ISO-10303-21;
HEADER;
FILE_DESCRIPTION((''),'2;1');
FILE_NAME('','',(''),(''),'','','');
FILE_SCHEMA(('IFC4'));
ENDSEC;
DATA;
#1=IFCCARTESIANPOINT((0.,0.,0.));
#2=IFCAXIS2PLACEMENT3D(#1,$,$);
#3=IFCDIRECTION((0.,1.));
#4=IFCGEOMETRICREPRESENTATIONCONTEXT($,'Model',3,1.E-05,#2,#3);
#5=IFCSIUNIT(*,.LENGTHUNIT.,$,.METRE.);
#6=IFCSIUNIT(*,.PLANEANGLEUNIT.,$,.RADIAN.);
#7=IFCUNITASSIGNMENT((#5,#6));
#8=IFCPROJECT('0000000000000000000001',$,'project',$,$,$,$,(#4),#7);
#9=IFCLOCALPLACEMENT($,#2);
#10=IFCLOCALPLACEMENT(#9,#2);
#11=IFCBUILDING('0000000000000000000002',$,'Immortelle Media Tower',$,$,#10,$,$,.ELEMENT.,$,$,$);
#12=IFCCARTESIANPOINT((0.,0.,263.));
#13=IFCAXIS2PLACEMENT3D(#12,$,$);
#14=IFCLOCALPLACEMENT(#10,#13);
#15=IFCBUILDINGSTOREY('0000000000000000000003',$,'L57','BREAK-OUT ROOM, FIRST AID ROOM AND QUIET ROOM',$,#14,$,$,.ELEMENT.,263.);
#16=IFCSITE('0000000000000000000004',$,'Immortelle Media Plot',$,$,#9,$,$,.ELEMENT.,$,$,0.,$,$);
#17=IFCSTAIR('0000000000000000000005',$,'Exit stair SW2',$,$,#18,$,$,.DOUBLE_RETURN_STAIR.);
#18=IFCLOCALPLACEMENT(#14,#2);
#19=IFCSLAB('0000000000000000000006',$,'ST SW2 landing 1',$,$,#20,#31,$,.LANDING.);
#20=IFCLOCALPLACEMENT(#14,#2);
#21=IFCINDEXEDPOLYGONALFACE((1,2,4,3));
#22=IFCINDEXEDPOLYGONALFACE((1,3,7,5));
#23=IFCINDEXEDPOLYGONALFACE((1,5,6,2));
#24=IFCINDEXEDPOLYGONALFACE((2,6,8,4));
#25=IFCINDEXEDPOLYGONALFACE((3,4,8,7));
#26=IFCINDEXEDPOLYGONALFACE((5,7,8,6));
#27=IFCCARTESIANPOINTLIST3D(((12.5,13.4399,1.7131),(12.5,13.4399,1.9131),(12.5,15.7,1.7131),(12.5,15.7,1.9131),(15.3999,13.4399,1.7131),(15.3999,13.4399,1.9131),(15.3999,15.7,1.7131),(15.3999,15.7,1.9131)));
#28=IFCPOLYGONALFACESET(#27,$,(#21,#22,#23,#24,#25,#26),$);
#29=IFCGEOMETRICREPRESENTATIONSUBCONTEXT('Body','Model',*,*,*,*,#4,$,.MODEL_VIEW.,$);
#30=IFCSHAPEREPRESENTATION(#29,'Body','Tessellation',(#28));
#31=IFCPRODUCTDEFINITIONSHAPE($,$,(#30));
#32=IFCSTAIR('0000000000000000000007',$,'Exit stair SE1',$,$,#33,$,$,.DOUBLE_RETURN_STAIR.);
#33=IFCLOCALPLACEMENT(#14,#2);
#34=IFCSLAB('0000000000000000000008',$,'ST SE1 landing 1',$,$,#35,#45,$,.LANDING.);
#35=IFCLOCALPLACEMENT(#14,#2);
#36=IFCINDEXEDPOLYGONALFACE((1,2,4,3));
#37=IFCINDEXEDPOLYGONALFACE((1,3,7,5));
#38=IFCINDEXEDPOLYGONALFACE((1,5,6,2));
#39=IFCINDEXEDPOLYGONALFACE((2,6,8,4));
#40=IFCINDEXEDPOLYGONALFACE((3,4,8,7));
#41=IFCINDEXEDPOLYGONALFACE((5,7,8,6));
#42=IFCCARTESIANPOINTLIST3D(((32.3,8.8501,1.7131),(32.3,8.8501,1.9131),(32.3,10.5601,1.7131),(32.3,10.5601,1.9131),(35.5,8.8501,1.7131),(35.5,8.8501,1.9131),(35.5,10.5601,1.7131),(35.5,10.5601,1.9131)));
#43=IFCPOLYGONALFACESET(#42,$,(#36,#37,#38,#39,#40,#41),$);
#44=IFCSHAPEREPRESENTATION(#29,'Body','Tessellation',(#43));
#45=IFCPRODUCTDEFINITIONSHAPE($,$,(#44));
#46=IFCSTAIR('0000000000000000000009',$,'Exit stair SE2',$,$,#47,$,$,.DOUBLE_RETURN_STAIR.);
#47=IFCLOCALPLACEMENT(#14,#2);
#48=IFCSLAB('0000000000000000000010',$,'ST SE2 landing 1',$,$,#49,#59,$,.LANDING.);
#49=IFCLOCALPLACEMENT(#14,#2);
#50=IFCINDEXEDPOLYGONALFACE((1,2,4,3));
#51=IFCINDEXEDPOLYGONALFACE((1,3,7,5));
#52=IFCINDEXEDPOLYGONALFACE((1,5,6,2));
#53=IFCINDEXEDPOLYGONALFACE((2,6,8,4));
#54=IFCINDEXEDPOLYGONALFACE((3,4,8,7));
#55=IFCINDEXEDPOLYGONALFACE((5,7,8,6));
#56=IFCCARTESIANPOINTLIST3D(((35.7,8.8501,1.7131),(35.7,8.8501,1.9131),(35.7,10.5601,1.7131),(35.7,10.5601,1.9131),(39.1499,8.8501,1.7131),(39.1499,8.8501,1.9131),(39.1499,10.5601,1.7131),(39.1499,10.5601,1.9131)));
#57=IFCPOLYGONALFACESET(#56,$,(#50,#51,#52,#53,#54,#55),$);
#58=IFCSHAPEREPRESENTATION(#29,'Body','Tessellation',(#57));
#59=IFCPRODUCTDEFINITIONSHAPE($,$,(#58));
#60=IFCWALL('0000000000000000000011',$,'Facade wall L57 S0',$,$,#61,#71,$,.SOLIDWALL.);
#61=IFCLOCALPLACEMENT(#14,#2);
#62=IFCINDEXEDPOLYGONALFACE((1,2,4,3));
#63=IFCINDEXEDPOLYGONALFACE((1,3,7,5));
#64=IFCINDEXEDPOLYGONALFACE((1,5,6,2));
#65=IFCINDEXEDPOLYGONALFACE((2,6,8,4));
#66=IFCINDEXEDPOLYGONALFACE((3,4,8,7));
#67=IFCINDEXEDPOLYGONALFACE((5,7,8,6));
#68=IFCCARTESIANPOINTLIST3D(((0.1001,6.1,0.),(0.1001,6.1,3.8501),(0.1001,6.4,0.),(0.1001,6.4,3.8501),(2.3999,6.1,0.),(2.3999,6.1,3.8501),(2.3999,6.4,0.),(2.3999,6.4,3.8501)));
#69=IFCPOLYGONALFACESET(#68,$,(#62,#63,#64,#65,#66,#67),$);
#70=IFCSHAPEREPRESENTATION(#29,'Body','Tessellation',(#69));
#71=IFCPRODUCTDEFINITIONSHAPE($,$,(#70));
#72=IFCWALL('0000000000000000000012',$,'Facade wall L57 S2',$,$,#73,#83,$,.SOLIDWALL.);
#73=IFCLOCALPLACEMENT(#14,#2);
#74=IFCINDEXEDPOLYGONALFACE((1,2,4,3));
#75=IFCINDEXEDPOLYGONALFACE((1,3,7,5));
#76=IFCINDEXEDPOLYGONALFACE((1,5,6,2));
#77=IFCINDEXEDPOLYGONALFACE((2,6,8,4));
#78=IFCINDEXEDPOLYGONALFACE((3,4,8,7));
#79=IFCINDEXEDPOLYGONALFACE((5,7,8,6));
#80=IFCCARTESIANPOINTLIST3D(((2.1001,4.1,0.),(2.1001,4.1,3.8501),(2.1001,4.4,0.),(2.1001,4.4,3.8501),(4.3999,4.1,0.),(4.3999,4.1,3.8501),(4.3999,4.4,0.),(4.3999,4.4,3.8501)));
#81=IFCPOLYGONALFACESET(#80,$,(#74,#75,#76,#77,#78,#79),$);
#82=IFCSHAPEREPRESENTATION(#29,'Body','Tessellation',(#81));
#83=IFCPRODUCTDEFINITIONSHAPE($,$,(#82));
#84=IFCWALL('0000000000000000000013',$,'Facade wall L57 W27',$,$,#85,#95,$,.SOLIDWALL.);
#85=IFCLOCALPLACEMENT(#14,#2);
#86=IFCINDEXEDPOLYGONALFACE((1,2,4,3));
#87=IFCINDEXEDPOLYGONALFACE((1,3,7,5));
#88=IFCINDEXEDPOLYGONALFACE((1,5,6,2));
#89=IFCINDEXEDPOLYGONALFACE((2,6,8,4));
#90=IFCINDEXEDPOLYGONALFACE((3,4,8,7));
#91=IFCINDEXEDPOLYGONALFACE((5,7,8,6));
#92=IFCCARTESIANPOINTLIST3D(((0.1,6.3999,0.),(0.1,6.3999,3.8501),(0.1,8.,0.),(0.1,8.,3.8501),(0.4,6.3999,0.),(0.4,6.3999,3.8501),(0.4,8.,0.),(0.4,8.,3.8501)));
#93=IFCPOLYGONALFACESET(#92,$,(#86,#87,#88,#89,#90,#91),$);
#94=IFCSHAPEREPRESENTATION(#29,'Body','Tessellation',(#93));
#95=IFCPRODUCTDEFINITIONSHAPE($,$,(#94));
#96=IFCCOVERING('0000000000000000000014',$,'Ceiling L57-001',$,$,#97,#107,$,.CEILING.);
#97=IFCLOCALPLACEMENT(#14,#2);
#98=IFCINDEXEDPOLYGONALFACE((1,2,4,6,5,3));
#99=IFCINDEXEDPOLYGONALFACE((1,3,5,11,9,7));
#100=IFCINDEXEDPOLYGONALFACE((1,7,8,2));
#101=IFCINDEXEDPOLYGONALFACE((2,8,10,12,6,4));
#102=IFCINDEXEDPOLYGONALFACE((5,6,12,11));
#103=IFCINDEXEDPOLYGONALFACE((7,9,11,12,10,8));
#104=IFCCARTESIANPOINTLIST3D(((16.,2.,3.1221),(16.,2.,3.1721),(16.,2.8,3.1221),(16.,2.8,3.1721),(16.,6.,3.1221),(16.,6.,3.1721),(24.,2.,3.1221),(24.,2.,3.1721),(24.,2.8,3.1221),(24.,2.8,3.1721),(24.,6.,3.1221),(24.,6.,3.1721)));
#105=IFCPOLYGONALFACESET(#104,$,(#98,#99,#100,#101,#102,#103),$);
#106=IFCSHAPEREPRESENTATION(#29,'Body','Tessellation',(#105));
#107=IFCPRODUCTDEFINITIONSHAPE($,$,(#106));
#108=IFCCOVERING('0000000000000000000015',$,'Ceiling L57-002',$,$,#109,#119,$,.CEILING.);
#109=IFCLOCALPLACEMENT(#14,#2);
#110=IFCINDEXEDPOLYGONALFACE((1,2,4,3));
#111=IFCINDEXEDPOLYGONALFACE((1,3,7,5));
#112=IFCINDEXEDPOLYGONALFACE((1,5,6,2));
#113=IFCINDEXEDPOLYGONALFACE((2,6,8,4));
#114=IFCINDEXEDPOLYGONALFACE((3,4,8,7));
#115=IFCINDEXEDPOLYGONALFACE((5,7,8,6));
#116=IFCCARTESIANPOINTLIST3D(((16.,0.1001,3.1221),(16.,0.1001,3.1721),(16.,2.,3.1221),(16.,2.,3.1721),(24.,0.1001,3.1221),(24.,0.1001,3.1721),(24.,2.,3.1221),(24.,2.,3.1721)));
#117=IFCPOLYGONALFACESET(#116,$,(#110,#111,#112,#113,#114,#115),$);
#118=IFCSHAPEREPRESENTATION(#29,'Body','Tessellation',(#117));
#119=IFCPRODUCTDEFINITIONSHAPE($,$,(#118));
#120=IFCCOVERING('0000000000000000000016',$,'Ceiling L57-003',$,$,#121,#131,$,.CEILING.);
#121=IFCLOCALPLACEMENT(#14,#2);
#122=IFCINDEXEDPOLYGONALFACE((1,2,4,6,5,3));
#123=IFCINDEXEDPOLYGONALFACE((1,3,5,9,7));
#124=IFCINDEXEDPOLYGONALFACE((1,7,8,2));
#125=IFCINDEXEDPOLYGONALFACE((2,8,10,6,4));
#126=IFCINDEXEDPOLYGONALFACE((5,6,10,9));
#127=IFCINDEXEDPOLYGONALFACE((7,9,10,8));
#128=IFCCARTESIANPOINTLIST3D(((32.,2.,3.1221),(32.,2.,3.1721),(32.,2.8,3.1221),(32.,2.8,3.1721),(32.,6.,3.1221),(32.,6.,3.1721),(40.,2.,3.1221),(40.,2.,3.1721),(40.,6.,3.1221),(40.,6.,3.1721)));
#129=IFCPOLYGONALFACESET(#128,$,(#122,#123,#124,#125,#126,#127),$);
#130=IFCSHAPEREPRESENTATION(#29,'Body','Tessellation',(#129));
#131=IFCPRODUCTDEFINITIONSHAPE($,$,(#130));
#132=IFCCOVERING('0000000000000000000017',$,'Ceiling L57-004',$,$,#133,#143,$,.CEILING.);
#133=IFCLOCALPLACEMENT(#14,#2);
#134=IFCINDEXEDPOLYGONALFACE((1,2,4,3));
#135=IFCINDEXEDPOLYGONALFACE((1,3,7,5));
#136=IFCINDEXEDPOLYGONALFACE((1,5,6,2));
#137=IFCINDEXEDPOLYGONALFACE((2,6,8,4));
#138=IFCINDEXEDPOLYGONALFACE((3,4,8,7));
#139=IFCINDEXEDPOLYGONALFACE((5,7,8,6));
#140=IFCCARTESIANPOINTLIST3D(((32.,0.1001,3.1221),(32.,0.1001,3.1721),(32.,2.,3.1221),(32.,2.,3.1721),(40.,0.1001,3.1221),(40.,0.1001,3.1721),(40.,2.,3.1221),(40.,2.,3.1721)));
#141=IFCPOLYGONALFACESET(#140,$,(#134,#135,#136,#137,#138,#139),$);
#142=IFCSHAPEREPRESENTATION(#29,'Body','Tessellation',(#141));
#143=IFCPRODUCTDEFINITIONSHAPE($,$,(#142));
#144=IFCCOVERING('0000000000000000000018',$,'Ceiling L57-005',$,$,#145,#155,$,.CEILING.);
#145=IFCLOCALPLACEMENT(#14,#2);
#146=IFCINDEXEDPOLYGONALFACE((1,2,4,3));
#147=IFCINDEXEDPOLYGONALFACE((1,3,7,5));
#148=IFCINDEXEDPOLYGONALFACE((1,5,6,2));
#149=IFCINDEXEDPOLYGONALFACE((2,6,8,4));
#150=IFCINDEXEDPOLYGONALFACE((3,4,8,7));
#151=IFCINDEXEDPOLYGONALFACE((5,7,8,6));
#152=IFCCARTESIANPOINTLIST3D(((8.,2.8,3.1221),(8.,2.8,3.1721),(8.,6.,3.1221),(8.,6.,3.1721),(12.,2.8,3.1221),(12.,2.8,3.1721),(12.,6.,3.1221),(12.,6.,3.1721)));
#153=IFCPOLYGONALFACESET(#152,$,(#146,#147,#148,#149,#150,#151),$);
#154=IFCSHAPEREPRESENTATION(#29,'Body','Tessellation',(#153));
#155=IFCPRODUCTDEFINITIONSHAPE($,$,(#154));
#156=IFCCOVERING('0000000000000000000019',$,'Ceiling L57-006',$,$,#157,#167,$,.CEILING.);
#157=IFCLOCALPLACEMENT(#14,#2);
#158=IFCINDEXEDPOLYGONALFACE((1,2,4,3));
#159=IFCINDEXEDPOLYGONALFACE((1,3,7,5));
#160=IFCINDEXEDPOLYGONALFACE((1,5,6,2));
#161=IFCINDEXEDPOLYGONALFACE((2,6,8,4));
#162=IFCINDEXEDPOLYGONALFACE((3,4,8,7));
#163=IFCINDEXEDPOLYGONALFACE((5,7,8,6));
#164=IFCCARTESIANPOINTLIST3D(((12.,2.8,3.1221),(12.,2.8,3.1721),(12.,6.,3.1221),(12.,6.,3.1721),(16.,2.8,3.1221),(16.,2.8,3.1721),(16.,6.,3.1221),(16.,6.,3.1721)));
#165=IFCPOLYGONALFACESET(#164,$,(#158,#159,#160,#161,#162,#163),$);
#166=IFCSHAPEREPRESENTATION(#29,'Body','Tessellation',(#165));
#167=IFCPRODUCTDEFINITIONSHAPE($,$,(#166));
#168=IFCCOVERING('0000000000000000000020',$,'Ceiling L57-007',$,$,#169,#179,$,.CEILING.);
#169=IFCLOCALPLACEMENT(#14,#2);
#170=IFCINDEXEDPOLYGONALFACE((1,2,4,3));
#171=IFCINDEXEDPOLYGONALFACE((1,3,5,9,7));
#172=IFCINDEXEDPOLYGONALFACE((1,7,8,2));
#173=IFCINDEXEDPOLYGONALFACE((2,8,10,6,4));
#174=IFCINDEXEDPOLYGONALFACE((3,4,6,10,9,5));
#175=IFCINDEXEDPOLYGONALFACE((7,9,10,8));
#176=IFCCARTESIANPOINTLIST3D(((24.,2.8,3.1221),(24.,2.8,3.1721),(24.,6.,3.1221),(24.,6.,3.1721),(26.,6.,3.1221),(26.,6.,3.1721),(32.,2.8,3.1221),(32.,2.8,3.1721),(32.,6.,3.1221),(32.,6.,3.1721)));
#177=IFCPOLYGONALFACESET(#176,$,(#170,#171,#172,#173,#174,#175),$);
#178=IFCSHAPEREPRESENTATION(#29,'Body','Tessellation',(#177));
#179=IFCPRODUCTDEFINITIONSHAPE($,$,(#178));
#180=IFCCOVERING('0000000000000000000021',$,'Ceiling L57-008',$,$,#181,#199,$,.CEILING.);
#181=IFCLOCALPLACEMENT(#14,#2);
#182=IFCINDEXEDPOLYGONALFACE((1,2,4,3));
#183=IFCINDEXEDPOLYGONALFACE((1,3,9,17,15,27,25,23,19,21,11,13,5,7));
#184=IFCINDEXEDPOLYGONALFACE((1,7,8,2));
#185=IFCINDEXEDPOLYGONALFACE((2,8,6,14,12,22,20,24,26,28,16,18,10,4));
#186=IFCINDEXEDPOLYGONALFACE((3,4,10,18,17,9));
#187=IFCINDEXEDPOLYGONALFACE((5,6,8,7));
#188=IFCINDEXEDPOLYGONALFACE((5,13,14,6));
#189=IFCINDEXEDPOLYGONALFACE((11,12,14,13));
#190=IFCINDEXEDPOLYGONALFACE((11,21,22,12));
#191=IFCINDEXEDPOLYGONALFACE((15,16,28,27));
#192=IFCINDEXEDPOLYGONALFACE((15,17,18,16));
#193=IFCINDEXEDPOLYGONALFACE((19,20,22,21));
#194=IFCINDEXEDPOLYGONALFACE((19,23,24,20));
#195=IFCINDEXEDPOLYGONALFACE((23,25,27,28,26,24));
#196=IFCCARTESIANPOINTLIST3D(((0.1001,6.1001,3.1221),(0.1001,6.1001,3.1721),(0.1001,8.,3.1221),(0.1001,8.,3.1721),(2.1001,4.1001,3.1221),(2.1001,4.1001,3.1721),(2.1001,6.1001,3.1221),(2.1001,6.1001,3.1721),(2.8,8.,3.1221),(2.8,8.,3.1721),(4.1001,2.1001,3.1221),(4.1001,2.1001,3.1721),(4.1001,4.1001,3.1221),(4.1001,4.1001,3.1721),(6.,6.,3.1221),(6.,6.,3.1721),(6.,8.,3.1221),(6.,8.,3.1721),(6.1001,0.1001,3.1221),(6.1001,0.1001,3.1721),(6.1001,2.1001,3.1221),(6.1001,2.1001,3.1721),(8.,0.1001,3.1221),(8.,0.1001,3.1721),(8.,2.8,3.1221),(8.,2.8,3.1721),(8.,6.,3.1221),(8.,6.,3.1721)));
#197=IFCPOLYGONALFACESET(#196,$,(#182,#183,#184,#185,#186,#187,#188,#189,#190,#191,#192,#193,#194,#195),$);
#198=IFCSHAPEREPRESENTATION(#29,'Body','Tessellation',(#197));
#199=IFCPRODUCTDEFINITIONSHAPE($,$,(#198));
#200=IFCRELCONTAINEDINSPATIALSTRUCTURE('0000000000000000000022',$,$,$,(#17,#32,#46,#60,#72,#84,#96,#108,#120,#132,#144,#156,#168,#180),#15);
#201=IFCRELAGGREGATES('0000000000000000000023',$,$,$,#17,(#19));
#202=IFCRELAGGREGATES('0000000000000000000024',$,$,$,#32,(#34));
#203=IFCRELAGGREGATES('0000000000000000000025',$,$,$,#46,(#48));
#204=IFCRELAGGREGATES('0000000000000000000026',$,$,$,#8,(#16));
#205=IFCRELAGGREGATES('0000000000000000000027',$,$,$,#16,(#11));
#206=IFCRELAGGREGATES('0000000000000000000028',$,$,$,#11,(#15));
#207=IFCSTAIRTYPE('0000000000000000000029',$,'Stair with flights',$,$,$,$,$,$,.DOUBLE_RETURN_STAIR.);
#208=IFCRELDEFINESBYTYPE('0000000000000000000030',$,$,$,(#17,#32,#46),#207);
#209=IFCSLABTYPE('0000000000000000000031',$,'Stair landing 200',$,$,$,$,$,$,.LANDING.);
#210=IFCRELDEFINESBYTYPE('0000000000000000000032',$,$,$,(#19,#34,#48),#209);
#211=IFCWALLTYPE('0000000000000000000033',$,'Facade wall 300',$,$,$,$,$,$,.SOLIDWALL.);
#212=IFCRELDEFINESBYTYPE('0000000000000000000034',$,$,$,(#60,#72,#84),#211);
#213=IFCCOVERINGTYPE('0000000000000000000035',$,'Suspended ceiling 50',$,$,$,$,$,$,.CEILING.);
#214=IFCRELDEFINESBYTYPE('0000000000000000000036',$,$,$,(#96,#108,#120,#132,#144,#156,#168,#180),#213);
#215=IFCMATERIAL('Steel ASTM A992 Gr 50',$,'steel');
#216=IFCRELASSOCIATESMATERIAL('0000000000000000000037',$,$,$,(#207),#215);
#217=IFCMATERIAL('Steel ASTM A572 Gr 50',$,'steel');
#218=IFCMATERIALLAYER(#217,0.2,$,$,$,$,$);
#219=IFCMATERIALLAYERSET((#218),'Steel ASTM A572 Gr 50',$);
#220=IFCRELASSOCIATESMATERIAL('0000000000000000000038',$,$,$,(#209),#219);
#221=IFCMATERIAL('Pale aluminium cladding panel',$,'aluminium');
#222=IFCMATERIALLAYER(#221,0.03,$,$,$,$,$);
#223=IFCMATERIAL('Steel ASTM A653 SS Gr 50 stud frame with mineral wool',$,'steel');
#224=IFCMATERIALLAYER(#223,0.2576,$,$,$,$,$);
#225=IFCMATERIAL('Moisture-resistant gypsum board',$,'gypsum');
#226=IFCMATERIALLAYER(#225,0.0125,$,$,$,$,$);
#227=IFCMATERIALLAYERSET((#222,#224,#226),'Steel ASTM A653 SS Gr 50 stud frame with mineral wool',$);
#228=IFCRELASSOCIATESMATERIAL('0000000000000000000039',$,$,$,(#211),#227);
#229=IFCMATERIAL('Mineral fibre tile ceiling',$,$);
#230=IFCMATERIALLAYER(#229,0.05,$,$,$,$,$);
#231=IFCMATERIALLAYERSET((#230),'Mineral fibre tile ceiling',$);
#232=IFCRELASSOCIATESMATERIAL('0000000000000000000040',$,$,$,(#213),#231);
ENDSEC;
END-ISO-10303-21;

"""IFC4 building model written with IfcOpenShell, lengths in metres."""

from ifc_helpers import new_model, si_unit, direction, frame, frame_2d, origin, place, context, subcontext, project, spatial, polyline, rectangle, outline, extrude, material, layer, layer_set, type_object, element, aggregate, save


model = new_model("IFC4")

# Units and contexts
model_context = context("Model", 3, precision=1e-05, world=origin(), true_north=direction((0.0, 1.0)))
body_context = subcontext(model_context, "Body", "Model", "MODEL_VIEW")
ifc_project = project(units=[si_unit("LENGTHUNIT", "METRE"), si_unit("PLANEANGLEUNIT", "RADIAN")], contexts=[model_context])

# Site, building, storey
site_placement = place(None, origin())
site = spatial("IfcSite", under=ifc_project, at=site_placement, Name="Immortelle Media Plot", CompositionType="ELEMENT", RefElevation=0.0)
building_placement = place(site_placement, origin())
building = spatial("IfcBuilding", under=site, at=building_placement, Name="Immortelle Media Tower", CompositionType="ELEMENT")
storey_placement = place(building_placement, frame((0.0, 0.0, 263.0)))
storey = spatial("IfcBuildingStorey", under=building, at=storey_placement, Name="L57", Description="BREAK-OUT ROOM, FIRST AID ROOM AND QUIET ROOM", CompositionType="ELEMENT", Elevation=263.0)

# Shared definitions
ifc_material_1 = material(Name="Steel ASTM A992 Gr 50", Category="steel")

# Stairs, slabs
stair_type = type_object("IfcStairType", Name="Stair with flights", PredefinedType="DOUBLE_RETURN_STAIR", material=ifc_material_1)
ifc_material_2 = material(Name="Steel ASTM A572 Gr 50", Category="steel")
ifc_layer_1 = layer(ifc_material_2, 0.2)
ifc_layer_set_1 = layer_set([ifc_layer_1], Name="Steel ASTM A572 Gr 50")
slab_type_1 = type_object("IfcSlabType", Name="Stair landing 200", PredefinedType="LANDING", material=ifc_layer_set_1)
stair_1_placement = place(storey_placement, origin())
stair_1 = element("IfcStair", 1, at=stair_1_placement, inside=storey, type_object=stair_type, Name="Exit stair SW2", PredefinedType="DOUBLE_RETURN_STAIR")
slab_1_placement = place(storey_placement, frame((0.0, 0.0, 1.7131)))
slab_1 = element("IfcSlab", 2, at=slab_1_placement, type_object=slab_type_1, Name="ST SW2 landing 1", PredefinedType="LANDING", context=body_context, shape_type="SweptSolid", body=[
    extrude(outline(polyline([(12.5, 13.4399), (15.3999, 13.4399), (15.3999, 15.7), (12.5, 15.7), (12.5, 13.4399)])), origin(), (0.0, 0.0, 1.0), 0.2),
])
aggregate(stair_1, [slab_1])
stair_2_placement = place(storey_placement, origin())
stair_2 = element("IfcStair", 3, at=stair_2_placement, inside=storey, type_object=stair_type, Name="Exit stair SE1", PredefinedType="DOUBLE_RETURN_STAIR")
slab_2_placement = place(storey_placement, frame((0.0, 0.0, 1.7131)))
slab_2 = element("IfcSlab", 4, at=slab_2_placement, type_object=slab_type_1, Name="ST SE1 landing 1", PredefinedType="LANDING", context=body_context, shape_type="SweptSolid", body=[
    extrude(outline(polyline([(32.3, 8.8501), (35.5, 8.8501), (35.5, 10.5601), (32.3, 10.5601), (32.3, 8.8501)])), origin(), (0.0, 0.0, 1.0), 0.2),
])
aggregate(stair_2, [slab_2])
stair_3_placement = place(storey_placement, origin())
stair_3 = element("IfcStair", 5, at=stair_3_placement, inside=storey, type_object=stair_type, Name="Exit stair SE2", PredefinedType="DOUBLE_RETURN_STAIR")
slab_3_placement = place(storey_placement, frame((0.0, 0.0, 1.7131)))
slab_3 = element("IfcSlab", 6, at=slab_3_placement, type_object=slab_type_1, Name="ST SE2 landing 1", PredefinedType="LANDING", context=body_context, shape_type="SweptSolid", body=[
    extrude(outline(polyline([(35.7, 8.8501), (39.1499, 8.8501), (39.1499, 10.5601), (35.7, 10.5601), (35.7, 8.8501)])), origin(), (0.0, 0.0, 1.0), 0.2),
])
aggregate(stair_3, [slab_3])

# Walls
ifc_material_3 = material(Name="Pale aluminium cladding panel", Category="aluminium")
ifc_layer_2 = layer(ifc_material_3, 0.03)
ifc_material_4 = material(Name="Steel ASTM A653 SS Gr 50 stud frame with mineral wool", Category="steel")
ifc_layer_3 = layer(ifc_material_4, 0.2576)
ifc_material_5 = material(Name="Moisture-resistant gypsum board", Category="gypsum")
ifc_layer_4 = layer(ifc_material_5, 0.0125)
ifc_layer_set_2 = layer_set([ifc_layer_2, ifc_layer_3, ifc_layer_4], Name="Steel ASTM A653 SS Gr 50 stud frame with mineral wool")
wall_type = type_object("IfcWallType", Name="Facade wall 300", PredefinedType="SOLIDWALL", material=ifc_layer_set_2)
for number, where, z_axis, x_axis, name in (
    (7, (0.1001, 6.25, 0.0), (0.0, 0.0, 1.0), (1.0, 0.0, 0.0), "Facade wall L57 S0"),
    (8, (2.1001, 4.25, 0.0), (0.0, 0.0, 1.0), (1.0, 0.0, 0.0), "Facade wall L57 S2"),
):
    element("IfcWall", number, at=place(storey_placement, frame(where, z_axis=z_axis, x_axis=x_axis)), inside=storey, type_object=wall_type, Name=name, PredefinedType="SOLIDWALL", context=body_context, shape_type="SweptSolid", body=[
        extrude(rectangle(XDim=2.2998, YDim=0.3, at=frame_2d((1.1499, 0.0))), origin(), (0.0, 0.0, 1.0), 3.8501),
    ])
wall_placement = place(storey_placement, frame((0.25, 8.0, 0.0), z_axis=(0.0, 0.0, 1.0), x_axis=(0.0, -1.0, 0.0)))
element("IfcWall", 9, at=wall_placement, inside=storey, type_object=wall_type, Name="Facade wall L57 W27", PredefinedType="SOLIDWALL", context=body_context, shape_type="SweptSolid", body=[
    extrude(rectangle(XDim=1.6001, YDim=0.3, at=frame_2d((0.8, 0.0))), origin(), (0.0, 0.0, 1.0), 3.8501),
])

# Coverings
ifc_material_6 = material(Name="Mineral fibre tile ceiling")
ifc_layer_5 = layer(ifc_material_6, 0.05)
ifc_layer_set_3 = layer_set([ifc_layer_5], Name="Mineral fibre tile ceiling")
covering_type = type_object("IfcCoveringType", Name="Suspended ceiling 50", PredefinedType="CEILING", material=ifc_layer_set_3)
covering_1_placement = place(storey_placement, frame((0.0, 0.0, 3.1221)))
element("IfcCovering", 10, at=covering_1_placement, inside=storey, type_object=covering_type, Name="Ceiling L57-001", PredefinedType="CEILING", context=body_context, shape_type="SweptSolid", body=[
    extrude(outline(polyline([(16.0, 2.8), (16.0, 6.0), (24.0, 6.0), (24.0, 2.8), (24.0, 2.0), (16.0, 2.0), (16.0, 2.8)])), origin(), (0.0, 0.0, 1.0), 0.05),
])
covering_2_placement = place(storey_placement, frame((0.0, 0.0, 3.1221)))
element("IfcCovering", 11, at=covering_2_placement, inside=storey, type_object=covering_type, Name="Ceiling L57-002", PredefinedType="CEILING", context=body_context, shape_type="SweptSolid", body=[
    extrude(outline(polyline([(16.0, 2.0), (24.0, 2.0), (24.0, 0.1001), (16.0, 0.1001), (16.0, 2.0)])), origin(), (0.0, 0.0, 1.0), 0.05),
])
covering_3_placement = place(storey_placement, frame((0.0, 0.0, 3.1221)))
element("IfcCovering", 12, at=covering_3_placement, inside=storey, type_object=covering_type, Name="Ceiling L57-003", PredefinedType="CEILING", context=body_context, shape_type="SweptSolid", body=[
    extrude(outline(polyline([(32.0, 2.8), (32.0, 6.0), (40.0, 6.0), (40.0, 2.0), (32.0, 2.0), (32.0, 2.8)])), origin(), (0.0, 0.0, 1.0), 0.05),
])
covering_4_placement = place(storey_placement, frame((0.0, 0.0, 3.1221)))
element("IfcCovering", 13, at=covering_4_placement, inside=storey, type_object=covering_type, Name="Ceiling L57-004", PredefinedType="CEILING", context=body_context, shape_type="SweptSolid", body=[
    extrude(outline(polyline([(32.0, 2.0), (40.0, 2.0), (40.0, 0.1001), (32.0, 0.1001), (32.0, 2.0)])), origin(), (0.0, 0.0, 1.0), 0.05),
])
covering_5_placement = place(storey_placement, frame((0.0, 0.0, 3.1221)))
element("IfcCovering", 14, at=covering_5_placement, inside=storey, type_object=covering_type, Name="Ceiling L57-005", PredefinedType="CEILING", context=body_context, shape_type="SweptSolid", body=[
    extrude(outline(polyline([(8.0, 6.0), (12.0, 6.0), (12.0, 2.8), (8.0, 2.8), (8.0, 6.0)])), origin(), (0.0, 0.0, 1.0), 0.05),
])
covering_6_placement = place(storey_placement, frame((0.0, 0.0, 3.1221)))
element("IfcCovering", 15, at=covering_6_placement, inside=storey, type_object=covering_type, Name="Ceiling L57-006", PredefinedType="CEILING", context=body_context, shape_type="SweptSolid", body=[
    extrude(outline(polyline([(16.0, 6.0), (16.0, 2.8), (12.0, 2.8), (12.0, 6.0), (16.0, 6.0)])), origin(), (0.0, 0.0, 1.0), 0.05),
])
covering_7_placement = place(storey_placement, frame((0.0, 0.0, 3.1221)))
element("IfcCovering", 16, at=covering_7_placement, inside=storey, type_object=covering_type, Name="Ceiling L57-007", PredefinedType="CEILING", context=body_context, shape_type="SweptSolid", body=[
    extrude(outline(polyline([(24.0, 2.8), (24.0, 6.0), (26.0, 6.0), (32.0, 6.0), (32.0, 2.8), (24.0, 2.8)])), origin(), (0.0, 0.0, 1.0), 0.05),
])
covering_8_placement = place(storey_placement, frame((0.0, 0.0, 3.1221)))
element("IfcCovering", 17, at=covering_8_placement, inside=storey, type_object=covering_type, Name="Ceiling L57-008", PredefinedType="CEILING", context=body_context, shape_type="SweptSolid", body=[
    extrude(outline(polyline([(6.1001, 0.1001), (6.1001, 2.1001), (4.1001, 2.1001), (4.1001, 4.1001), (2.1001, 4.1001), (2.1001, 6.1001), (0.1001, 6.1001), (0.1001, 8.0), (2.8, 8.0), (6.0, 8.0), (6.0, 6.0), (8.0, 6.0), (8.0, 2.8), (8.0, 0.1001), (6.1001, 0.1001)])), origin(), (0.0, 0.0, 1.0), 0.05),
])

save(model, "model.ifc")
